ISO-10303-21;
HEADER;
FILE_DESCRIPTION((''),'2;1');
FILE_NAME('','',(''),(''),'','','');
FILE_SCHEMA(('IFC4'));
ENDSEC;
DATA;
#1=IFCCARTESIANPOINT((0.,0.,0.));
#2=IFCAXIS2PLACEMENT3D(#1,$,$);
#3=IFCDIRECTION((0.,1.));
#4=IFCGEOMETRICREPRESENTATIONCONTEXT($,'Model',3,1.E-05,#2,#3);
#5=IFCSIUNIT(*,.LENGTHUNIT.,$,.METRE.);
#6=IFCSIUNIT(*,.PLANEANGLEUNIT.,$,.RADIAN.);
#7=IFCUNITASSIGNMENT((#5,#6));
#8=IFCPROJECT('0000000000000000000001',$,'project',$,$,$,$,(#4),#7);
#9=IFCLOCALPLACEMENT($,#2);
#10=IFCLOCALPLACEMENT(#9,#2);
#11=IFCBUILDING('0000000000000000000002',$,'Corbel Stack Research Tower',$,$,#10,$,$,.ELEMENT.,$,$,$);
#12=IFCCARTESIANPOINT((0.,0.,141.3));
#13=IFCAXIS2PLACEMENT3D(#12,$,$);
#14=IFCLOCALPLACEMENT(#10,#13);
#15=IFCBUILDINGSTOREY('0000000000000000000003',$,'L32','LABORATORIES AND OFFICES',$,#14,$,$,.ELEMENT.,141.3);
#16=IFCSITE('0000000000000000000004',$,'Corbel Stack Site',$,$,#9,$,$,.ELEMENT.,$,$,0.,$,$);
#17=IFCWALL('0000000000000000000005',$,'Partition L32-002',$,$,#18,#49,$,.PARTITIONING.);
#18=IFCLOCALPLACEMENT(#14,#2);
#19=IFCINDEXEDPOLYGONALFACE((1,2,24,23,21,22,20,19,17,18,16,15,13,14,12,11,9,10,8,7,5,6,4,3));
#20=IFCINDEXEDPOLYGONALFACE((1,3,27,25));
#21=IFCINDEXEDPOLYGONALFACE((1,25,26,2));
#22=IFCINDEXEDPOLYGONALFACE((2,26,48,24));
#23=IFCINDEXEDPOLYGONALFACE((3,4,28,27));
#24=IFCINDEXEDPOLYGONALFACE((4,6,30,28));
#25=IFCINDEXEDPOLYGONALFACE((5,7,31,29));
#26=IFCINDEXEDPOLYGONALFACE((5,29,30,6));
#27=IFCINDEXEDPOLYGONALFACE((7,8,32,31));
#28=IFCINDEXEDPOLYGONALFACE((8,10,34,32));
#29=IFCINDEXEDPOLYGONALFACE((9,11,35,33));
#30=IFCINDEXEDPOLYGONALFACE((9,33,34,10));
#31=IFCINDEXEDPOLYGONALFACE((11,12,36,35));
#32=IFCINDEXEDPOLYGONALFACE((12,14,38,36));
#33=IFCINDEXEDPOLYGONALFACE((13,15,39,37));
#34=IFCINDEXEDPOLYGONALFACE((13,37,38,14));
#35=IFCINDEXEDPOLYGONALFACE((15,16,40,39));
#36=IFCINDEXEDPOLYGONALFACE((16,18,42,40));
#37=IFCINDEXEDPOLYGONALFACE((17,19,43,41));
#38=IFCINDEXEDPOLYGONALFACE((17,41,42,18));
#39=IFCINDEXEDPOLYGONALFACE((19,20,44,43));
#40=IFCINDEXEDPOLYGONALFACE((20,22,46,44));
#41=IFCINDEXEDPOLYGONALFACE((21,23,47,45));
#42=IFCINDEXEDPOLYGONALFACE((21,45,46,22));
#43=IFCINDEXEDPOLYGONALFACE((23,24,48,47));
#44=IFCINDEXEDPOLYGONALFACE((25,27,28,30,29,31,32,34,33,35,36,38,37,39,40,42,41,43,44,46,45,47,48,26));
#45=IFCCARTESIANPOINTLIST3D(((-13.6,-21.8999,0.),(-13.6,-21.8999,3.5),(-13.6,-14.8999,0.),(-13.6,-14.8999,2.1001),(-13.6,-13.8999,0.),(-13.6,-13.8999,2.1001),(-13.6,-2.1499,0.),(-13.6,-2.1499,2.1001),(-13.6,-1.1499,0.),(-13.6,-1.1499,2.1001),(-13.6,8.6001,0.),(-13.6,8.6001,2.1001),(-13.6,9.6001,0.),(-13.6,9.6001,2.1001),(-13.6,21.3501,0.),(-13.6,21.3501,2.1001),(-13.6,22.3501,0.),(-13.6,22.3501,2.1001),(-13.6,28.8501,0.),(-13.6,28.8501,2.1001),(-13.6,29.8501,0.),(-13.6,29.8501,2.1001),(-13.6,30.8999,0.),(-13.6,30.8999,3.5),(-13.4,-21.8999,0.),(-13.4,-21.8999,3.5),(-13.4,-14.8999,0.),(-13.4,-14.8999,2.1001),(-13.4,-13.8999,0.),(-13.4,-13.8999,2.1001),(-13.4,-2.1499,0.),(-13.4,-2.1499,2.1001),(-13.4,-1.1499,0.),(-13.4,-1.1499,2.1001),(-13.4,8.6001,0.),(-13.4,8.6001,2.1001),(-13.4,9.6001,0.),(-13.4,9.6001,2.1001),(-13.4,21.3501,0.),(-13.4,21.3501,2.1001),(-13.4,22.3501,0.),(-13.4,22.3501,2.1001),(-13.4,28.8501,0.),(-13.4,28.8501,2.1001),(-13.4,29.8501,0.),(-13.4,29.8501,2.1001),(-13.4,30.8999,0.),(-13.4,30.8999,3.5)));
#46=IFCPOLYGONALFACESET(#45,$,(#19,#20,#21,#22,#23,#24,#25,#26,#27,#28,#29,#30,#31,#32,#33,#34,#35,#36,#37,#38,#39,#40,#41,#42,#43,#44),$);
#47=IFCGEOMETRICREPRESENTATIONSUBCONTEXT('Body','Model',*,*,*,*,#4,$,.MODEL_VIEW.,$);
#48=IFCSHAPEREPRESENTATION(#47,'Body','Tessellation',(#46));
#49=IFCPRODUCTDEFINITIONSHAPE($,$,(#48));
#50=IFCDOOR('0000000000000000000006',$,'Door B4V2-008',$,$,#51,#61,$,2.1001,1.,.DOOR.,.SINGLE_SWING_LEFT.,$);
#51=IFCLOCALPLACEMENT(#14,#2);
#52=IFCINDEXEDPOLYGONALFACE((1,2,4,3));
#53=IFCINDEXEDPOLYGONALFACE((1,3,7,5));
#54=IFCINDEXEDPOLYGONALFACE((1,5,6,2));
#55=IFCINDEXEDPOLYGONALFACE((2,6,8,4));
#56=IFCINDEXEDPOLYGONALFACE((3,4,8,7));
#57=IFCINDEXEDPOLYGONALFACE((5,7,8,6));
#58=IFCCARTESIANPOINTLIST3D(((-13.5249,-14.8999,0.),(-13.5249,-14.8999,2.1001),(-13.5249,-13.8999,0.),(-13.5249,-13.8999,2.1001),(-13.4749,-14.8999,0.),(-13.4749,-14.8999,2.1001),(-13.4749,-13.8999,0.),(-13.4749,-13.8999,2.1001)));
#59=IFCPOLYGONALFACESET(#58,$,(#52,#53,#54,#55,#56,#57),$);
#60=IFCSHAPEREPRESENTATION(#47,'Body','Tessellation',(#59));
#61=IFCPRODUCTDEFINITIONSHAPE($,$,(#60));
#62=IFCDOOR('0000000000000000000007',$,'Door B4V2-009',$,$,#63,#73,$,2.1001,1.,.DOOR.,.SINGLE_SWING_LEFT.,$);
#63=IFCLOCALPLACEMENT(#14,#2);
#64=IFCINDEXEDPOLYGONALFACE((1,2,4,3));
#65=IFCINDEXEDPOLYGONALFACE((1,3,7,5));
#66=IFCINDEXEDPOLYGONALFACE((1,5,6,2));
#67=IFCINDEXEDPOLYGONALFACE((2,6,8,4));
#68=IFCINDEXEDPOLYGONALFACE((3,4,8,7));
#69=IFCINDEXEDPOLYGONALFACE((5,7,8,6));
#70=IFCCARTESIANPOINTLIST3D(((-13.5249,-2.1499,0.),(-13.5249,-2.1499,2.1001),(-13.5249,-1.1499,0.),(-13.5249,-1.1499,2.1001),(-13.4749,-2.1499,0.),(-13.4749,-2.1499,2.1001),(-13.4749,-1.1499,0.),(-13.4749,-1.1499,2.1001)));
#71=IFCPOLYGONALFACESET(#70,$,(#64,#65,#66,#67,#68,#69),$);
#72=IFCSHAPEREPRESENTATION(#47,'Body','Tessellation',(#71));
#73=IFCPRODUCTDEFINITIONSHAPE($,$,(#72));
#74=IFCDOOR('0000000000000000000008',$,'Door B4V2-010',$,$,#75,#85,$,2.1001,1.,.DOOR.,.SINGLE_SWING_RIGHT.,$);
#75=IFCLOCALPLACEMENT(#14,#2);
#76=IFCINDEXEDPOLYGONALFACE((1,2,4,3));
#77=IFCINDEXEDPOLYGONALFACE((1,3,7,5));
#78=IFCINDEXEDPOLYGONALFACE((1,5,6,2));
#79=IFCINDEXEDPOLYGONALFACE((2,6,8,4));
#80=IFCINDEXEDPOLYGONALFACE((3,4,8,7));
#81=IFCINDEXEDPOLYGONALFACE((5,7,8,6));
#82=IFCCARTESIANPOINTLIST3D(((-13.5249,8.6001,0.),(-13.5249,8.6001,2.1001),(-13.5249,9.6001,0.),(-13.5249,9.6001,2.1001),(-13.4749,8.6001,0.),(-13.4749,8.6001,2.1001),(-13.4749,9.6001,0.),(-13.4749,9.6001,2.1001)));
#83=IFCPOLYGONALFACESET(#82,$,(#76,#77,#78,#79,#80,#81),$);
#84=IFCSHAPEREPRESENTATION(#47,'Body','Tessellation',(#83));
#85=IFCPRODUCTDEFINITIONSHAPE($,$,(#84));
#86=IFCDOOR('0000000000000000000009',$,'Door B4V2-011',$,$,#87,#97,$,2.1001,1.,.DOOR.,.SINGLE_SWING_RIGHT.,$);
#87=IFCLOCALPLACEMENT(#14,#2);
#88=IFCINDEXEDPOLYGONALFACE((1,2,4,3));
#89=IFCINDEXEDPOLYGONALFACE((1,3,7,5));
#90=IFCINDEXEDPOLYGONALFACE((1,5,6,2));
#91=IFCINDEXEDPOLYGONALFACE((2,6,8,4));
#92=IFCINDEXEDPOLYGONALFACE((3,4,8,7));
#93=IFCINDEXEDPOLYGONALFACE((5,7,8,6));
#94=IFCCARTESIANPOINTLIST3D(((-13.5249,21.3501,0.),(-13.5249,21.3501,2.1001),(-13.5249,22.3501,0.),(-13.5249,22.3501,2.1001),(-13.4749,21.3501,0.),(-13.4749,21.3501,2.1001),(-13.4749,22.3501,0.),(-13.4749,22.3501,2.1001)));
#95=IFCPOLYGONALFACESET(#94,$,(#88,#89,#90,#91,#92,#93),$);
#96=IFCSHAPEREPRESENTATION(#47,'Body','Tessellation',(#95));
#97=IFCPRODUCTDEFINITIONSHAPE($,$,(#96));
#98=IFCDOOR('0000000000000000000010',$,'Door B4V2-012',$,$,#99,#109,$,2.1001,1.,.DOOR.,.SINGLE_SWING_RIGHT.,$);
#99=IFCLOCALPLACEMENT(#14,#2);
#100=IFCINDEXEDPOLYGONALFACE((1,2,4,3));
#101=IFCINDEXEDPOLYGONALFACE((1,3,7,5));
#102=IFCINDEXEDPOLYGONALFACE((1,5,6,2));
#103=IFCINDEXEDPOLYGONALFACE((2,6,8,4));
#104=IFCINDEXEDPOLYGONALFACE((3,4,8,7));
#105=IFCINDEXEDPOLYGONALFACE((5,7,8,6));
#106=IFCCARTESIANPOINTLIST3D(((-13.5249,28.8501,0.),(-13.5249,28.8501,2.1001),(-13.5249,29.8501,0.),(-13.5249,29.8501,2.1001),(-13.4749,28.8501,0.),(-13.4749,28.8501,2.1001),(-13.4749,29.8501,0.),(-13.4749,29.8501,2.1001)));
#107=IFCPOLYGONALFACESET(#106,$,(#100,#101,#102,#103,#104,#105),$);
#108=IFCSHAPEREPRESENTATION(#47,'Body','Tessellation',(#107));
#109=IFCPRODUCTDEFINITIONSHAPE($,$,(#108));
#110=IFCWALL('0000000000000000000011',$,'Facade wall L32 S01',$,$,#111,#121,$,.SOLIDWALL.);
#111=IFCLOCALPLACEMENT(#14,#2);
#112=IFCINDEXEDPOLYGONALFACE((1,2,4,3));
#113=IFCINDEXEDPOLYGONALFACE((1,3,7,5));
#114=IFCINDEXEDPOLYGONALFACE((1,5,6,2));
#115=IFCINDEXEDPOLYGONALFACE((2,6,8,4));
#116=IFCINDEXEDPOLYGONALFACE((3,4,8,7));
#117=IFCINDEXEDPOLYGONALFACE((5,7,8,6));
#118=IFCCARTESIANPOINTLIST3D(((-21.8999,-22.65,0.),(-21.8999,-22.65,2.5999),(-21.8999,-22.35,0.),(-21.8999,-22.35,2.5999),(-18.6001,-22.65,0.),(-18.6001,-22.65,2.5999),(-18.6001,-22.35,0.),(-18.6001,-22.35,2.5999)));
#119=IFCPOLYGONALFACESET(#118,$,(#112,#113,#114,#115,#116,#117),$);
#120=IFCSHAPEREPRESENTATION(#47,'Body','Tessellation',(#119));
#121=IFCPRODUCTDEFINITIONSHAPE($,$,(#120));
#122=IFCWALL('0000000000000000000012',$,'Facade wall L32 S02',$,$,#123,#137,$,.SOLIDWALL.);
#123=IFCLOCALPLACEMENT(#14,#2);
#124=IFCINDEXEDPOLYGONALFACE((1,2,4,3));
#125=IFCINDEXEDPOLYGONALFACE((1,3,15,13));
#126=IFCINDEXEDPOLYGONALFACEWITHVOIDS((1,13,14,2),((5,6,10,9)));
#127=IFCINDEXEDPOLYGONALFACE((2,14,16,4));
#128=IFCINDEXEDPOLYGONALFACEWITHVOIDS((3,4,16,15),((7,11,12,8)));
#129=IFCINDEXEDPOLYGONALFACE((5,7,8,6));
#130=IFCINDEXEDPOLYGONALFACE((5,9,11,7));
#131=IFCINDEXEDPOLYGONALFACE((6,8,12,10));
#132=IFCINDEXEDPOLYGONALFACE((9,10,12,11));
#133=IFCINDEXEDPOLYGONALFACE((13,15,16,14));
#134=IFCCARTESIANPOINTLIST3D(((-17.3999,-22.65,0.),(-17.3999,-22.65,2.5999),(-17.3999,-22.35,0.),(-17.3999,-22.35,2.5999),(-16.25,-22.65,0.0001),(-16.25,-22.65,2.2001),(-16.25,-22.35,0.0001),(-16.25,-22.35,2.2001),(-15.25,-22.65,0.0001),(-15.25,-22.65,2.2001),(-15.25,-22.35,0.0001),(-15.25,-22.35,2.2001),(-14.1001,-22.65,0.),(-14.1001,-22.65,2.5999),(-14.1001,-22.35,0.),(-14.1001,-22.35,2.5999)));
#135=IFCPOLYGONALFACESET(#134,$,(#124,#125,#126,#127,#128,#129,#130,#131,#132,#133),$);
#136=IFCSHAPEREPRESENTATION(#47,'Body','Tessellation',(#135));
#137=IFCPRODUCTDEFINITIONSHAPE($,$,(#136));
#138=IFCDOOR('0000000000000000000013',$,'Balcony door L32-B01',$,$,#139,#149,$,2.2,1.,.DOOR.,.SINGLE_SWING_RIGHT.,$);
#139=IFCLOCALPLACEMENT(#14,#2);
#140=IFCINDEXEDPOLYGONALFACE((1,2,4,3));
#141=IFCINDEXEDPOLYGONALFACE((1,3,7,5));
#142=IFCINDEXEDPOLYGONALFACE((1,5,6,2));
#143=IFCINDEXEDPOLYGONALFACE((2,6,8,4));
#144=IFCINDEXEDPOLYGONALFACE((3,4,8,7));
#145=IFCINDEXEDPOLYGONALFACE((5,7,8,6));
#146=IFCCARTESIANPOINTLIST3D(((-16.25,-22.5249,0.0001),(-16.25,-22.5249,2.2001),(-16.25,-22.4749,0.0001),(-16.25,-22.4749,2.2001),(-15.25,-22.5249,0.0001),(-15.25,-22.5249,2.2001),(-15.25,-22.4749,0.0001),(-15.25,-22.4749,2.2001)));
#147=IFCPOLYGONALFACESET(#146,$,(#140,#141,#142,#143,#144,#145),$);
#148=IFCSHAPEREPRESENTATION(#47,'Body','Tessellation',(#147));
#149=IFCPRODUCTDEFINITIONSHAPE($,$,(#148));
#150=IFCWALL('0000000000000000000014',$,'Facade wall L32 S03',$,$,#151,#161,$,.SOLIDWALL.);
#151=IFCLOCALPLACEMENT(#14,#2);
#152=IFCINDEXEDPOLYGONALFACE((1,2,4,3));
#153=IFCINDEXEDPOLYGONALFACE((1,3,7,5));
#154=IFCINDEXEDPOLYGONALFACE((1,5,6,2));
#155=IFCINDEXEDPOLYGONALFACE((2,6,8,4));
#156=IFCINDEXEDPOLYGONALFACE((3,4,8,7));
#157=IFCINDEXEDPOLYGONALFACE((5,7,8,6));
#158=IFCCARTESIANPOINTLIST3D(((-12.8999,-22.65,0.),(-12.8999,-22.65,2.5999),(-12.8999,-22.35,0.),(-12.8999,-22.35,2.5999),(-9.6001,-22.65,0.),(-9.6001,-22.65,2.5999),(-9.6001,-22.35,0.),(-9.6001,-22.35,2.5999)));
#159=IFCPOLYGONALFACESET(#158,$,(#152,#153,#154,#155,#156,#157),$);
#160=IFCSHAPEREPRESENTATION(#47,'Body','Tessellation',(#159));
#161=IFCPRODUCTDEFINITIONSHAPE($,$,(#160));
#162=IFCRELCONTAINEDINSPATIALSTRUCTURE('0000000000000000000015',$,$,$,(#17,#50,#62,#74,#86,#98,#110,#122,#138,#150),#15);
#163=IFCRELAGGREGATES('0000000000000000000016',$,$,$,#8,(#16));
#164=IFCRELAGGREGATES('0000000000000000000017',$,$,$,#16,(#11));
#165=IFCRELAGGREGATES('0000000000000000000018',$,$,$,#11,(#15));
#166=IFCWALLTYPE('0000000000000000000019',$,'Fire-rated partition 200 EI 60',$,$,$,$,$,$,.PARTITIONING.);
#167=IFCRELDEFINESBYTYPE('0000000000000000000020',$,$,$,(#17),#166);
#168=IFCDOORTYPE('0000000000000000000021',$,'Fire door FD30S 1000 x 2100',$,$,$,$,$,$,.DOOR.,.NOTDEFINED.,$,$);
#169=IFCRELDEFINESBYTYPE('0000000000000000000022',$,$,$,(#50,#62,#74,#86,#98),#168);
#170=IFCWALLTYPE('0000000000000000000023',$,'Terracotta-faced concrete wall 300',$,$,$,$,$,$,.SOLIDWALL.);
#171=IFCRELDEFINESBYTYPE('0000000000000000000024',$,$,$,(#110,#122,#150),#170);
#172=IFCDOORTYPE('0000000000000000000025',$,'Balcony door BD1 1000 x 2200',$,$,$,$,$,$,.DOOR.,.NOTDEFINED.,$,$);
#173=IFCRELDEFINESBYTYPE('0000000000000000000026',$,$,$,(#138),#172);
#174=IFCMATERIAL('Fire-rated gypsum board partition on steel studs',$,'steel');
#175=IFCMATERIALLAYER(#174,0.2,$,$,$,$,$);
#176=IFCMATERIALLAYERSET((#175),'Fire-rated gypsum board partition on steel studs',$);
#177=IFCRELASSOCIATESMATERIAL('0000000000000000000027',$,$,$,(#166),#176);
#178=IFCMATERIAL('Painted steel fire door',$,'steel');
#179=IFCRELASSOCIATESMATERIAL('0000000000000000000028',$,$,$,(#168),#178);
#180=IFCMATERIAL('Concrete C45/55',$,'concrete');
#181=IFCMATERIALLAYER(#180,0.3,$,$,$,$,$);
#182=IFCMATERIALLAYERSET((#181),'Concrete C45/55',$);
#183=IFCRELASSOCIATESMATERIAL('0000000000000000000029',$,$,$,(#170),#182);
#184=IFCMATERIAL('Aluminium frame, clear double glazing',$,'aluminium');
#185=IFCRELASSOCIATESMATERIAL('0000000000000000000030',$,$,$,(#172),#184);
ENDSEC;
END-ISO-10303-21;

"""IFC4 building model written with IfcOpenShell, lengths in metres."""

from ifc_helpers import new_model, si_unit, direction, frame, frame_2d, origin, place, context, subcontext, project, spatial, rectangle, extrude, material, layer, layer_set, type_object, element, fill, save


model = new_model("IFC4")

# Units and contexts
model_context = context("Model", 3, precision=1e-05, world=origin(), true_north=direction((0.0, 1.0)))
body_context = subcontext(model_context, "Body", "Model", "MODEL_VIEW")
ifc_project = project(units=[si_unit("LENGTHUNIT", "METRE"), si_unit("PLANEANGLEUNIT", "RADIAN")], contexts=[model_context])

# Site, building, storey
site_placement = place(None, origin())
site = spatial("IfcSite", under=ifc_project, at=site_placement, Name="Corbel Stack Site", CompositionType="ELEMENT", RefElevation=0.0)
building_placement = place(site_placement, origin())
building = spatial("IfcBuilding", under=site, at=building_placement, Name="Corbel Stack Research Tower", CompositionType="ELEMENT")
storey_placement = place(building_placement, frame((0.0, 0.0, 141.3)))
storey = spatial("IfcBuildingStorey", under=building, at=storey_placement, Name="L32", Description="LABORATORIES AND OFFICES", CompositionType="ELEMENT", Elevation=141.3)

# Wall, openings, doors
ifc_material_1 = material(Name="Fire-rated gypsum board partition on steel studs", Category="steel")
ifc_layer_1 = layer(ifc_material_1, 0.2)
ifc_layer_set_1 = layer_set([ifc_layer_1], Name="Fire-rated gypsum board partition on steel studs")
wall_type_1 = type_object("IfcWallType", Name="Fire-rated partition 200 EI 60", PredefinedType="PARTITIONING", material=ifc_layer_set_1)
wall_1_placement = place(storey_placement, frame((-13.5, -21.8999, 0.0), z_axis=(0.0, 0.0, 1.0), x_axis=(0.0, 1.0, 0.0)))
wall_1 = element("IfcWall", 1, at=wall_1_placement, inside=storey, type_object=wall_type_1, Name="Partition L32-002", PredefinedType="PARTITIONING", context=body_context, shape_type="SweptSolid", body=[
    extrude(rectangle(XDim=52.7998, YDim=0.2, at=frame_2d((26.3999, 0.0))), origin(), (0.0, 0.0, 1.0), 3.5),
])
opening_1_placement = place(wall_1_placement, frame((7.0, 0.0, 0.0)))
opening_1 = element("IfcOpeningElement", 2, at=opening_1_placement, cuts=wall_1, PredefinedType="OPENING", context=body_context, shape_type="SweptSolid", body=[
    extrude(rectangle(XDim=1.0, YDim=2.1001, at=frame_2d((0.5, 1.05))), frame((0.0, 0.1099, 0.0), z_axis=(0.0, -1.0, 0.0), x_axis=(1.0, 0.0, 0.0)), (0.0, 0.0, 1.0), 0.22),
])
opening_2_placement = place(wall_1_placement, frame((19.75, 0.0, 0.0)))
opening_2 = element("IfcOpeningElement", 3, at=opening_2_placement, cuts=wall_1, PredefinedType="OPENING", context=body_context, shape_type="SweptSolid", body=[
    extrude(rectangle(XDim=1.0, YDim=2.1001, at=frame_2d((0.5, 1.05))), frame((0.0, 0.1099, 0.0), z_axis=(0.0, -1.0, 0.0), x_axis=(1.0, 0.0, 0.0)), (0.0, 0.0, 1.0), 0.22),
])
opening_3_placement = place(wall_1_placement, frame((30.5, 0.0, 0.0)))
opening_3 = element("IfcOpeningElement", 4, at=opening_3_placement, cuts=wall_1, PredefinedType="OPENING", context=body_context, shape_type="SweptSolid", body=[
    extrude(rectangle(XDim=1.0, YDim=2.1001, at=frame_2d((0.5, 1.05))), frame((0.0, 0.1099, 0.0), z_axis=(0.0, -1.0, 0.0), x_axis=(1.0, 0.0, 0.0)), (0.0, 0.0, 1.0), 0.22),
])
opening_4_placement = place(wall_1_placement, frame((43.25, 0.0, 0.0)))
opening_4 = element("IfcOpeningElement", 5, at=opening_4_placement, cuts=wall_1, PredefinedType="OPENING", context=body_context, shape_type="SweptSolid", body=[
    extrude(rectangle(XDim=1.0, YDim=2.1001, at=frame_2d((0.5, 1.05))), frame((0.0, 0.1099, 0.0), z_axis=(0.0, -1.0, 0.0), x_axis=(1.0, 0.0, 0.0)), (0.0, 0.0, 1.0), 0.22),
])
opening_5_placement = place(wall_1_placement, frame((50.75, 0.0, 0.0)))
opening_5 = element("IfcOpeningElement", 6, at=opening_5_placement, cuts=wall_1, PredefinedType="OPENING", context=body_context, shape_type="SweptSolid", body=[
    extrude(rectangle(XDim=1.0, YDim=2.1001, at=frame_2d((0.5, 1.05))), frame((0.0, 0.1099, 0.0), z_axis=(0.0, -1.0, 0.0), x_axis=(1.0, 0.0, 0.0)), (0.0, 0.0, 1.0), 0.22),
])
ifc_material_2 = material(Name="Painted steel fire door", Category="steel")
door_type_1 = type_object("IfcDoorType", Name="Fire door FD30S 1000 x 2100", OperationType="NOTDEFINED", PredefinedType="DOOR", material=ifc_material_2)
door_1_placement = place(opening_1_placement, origin())
door_1 = element("IfcDoor", 7, at=door_1_placement, inside=storey, type_object=door_type_1, Name="Door B4V2-008", OperationType="SINGLE_SWING_LEFT", OverallHeight=2.1001, OverallWidth=1.0, PredefinedType="DOOR", context=body_context, shape_type="SweptSolid", body=[
    extrude(rectangle(XDim=1.0, YDim=2.1001, at=frame_2d((0.5, 1.05))), frame((0.0, 0.0249, 0.0), z_axis=(0.0, -1.0, 0.0), x_axis=(1.0, 0.0, 0.0)), (0.0, 0.0, 1.0), 0.05),
])
fill(opening_1, door_1)
door_2_placement = place(opening_2_placement, origin())
door_2 = element("IfcDoor", 8, at=door_2_placement, inside=storey, type_object=door_type_1, Name="Door B4V2-009", OperationType="SINGLE_SWING_LEFT", OverallHeight=2.1001, OverallWidth=1.0, PredefinedType="DOOR", context=body_context, shape_type="SweptSolid", body=[
    extrude(rectangle(XDim=1.0, YDim=2.1001, at=frame_2d((0.5, 1.05))), frame((0.0, 0.0249, 0.0), z_axis=(0.0, -1.0, 0.0), x_axis=(1.0, 0.0, 0.0)), (0.0, 0.0, 1.0), 0.05),
])
fill(opening_2, door_2)
door_3_placement = place(opening_3_placement, origin())
door_3 = element("IfcDoor", 9, at=door_3_placement, inside=storey, type_object=door_type_1, Name="Door B4V2-010", OperationType="SINGLE_SWING_RIGHT", OverallHeight=2.1001, OverallWidth=1.0, PredefinedType="DOOR", context=body_context, shape_type="SweptSolid", body=[
    extrude(rectangle(XDim=1.0, YDim=2.1001, at=frame_2d((0.5, 1.05))), frame((0.0, 0.0249, 0.0), z_axis=(0.0, -1.0, 0.0), x_axis=(1.0, 0.0, 0.0)), (0.0, 0.0, 1.0), 0.05),
])
fill(opening_3, door_3)
door_4_placement = place(opening_4_placement, origin())
door_4 = element("IfcDoor", 10, at=door_4_placement, inside=storey, type_object=door_type_1, Name="Door B4V2-011", OperationType="SINGLE_SWING_RIGHT", OverallHeight=2.1001, OverallWidth=1.0, PredefinedType="DOOR", context=body_context, shape_type="SweptSolid", body=[
    extrude(rectangle(XDim=1.0, YDim=2.1001, at=frame_2d((0.5, 1.05))), frame((0.0, 0.0249, 0.0), z_axis=(0.0, -1.0, 0.0), x_axis=(1.0, 0.0, 0.0)), (0.0, 0.0, 1.0), 0.05),
])
fill(opening_4, door_4)
door_5_placement = place(opening_5_placement, origin())
door_5 = element("IfcDoor", 11, at=door_5_placement, inside=storey, type_object=door_type_1, Name="Door B4V2-012", OperationType="SINGLE_SWING_RIGHT", OverallHeight=2.1001, OverallWidth=1.0, PredefinedType="DOOR", context=body_context, shape_type="SweptSolid", body=[
    extrude(rectangle(XDim=1.0, YDim=2.1001, at=frame_2d((0.5, 1.05))), frame((0.0, 0.0249, 0.0), z_axis=(0.0, -1.0, 0.0), x_axis=(1.0, 0.0, 0.0)), (0.0, 0.0, 1.0), 0.05),
])
fill(opening_5, door_5)

# Wall
ifc_material_3 = material(Name="Concrete C45/55", Category="concrete")
ifc_layer_2 = layer(ifc_material_3, 0.3)
ifc_layer_set_2 = layer_set([ifc_layer_2], Name="Concrete C45/55")
wall_type_2 = type_object("IfcWallType", Name="Terracotta-faced concrete wall 300", PredefinedType="SOLIDWALL", material=ifc_layer_set_2)
wall_2_placement = place(storey_placement, frame((-18.6001, -22.5, 0.0), z_axis=(0.0, 0.0, 1.0), x_axis=(-1.0, 0.0, 0.0)))
element("IfcWall", 12, at=wall_2_placement, inside=storey, type_object=wall_type_2, Name="Facade wall L32 S01", PredefinedType="SOLIDWALL", context=body_context, shape_type="SweptSolid", body=[
    extrude(rectangle(XDim=3.2998, YDim=0.3, at=frame_2d((1.6499, 0.0))), origin(), (0.0, 0.0, 1.0), 2.5999),
])

# Wall, opening, door
wall_3_placement = place(storey_placement, frame((-14.1001, -22.5, 0.0), z_axis=(0.0, 0.0, 1.0), x_axis=(-1.0, 0.0, 0.0)))
wall_3 = element("IfcWall", 13, at=wall_3_placement, inside=storey, type_object=wall_type_2, Name="Facade wall L32 S02", PredefinedType="SOLIDWALL", context=body_context, shape_type="SweptSolid", body=[
    extrude(rectangle(XDim=3.2998, YDim=0.3, at=frame_2d((1.6499, 0.0))), origin(), (0.0, 0.0, 1.0), 2.5999),
])
opening_6_placement = place(wall_3_placement, frame((1.1499, 0.0, 0.0)))
opening_6 = element("IfcOpeningElement", 14, at=opening_6_placement, cuts=wall_3, PredefinedType="OPENING", context=body_context, shape_type="SweptSolid", body=[
    extrude(rectangle(XDim=1.0, YDim=2.2, at=frame_2d((0.5, 1.1001))), frame((0.0, 0.1599, 0.0), z_axis=(0.0, -1.0, 0.0), x_axis=(1.0, 0.0, 0.0)), (0.0, 0.0, 1.0), 0.3201),
])
ifc_material_4 = material(Name="Aluminium frame, clear double glazing", Category="aluminium")
door_type_2 = type_object("IfcDoorType", Name="Balcony door BD1 1000 x 2200", OperationType="NOTDEFINED", PredefinedType="DOOR", material=ifc_material_4)
door_6_placement = place(opening_6_placement, origin())
door_6 = element("IfcDoor", 15, at=door_6_placement, inside=storey, type_object=door_type_2, Name="Balcony door L32-B01", OperationType="SINGLE_SWING_RIGHT", OverallHeight=2.2, OverallWidth=1.0, PredefinedType="DOOR", context=body_context, shape_type="SweptSolid", body=[
    extrude(rectangle(XDim=1.0, YDim=2.2, at=frame_2d((0.5, 1.1001))), frame((0.0, 0.0249, 0.0), z_axis=(0.0, -1.0, 0.0), x_axis=(1.0, 0.0, 0.0)), (0.0, 0.0, 1.0), 0.05),
])
fill(opening_6, door_6)

# Wall
wall_4_placement = place(storey_placement, frame((-9.6001, -22.5, 0.0), z_axis=(0.0, 0.0, 1.0), x_axis=(-1.0, 0.0, 0.0)))
element("IfcWall", 16, at=wall_4_placement, inside=storey, type_object=wall_type_2, Name="Facade wall L32 S03", PredefinedType="SOLIDWALL", context=body_context, shape_type="SweptSolid", body=[
    extrude(rectangle(XDim=3.2998, YDim=0.3, at=frame_2d((1.6499, 0.0))), origin(), (0.0, 0.0, 1.0), 2.5999),
])

save(model, "model.ifc")
